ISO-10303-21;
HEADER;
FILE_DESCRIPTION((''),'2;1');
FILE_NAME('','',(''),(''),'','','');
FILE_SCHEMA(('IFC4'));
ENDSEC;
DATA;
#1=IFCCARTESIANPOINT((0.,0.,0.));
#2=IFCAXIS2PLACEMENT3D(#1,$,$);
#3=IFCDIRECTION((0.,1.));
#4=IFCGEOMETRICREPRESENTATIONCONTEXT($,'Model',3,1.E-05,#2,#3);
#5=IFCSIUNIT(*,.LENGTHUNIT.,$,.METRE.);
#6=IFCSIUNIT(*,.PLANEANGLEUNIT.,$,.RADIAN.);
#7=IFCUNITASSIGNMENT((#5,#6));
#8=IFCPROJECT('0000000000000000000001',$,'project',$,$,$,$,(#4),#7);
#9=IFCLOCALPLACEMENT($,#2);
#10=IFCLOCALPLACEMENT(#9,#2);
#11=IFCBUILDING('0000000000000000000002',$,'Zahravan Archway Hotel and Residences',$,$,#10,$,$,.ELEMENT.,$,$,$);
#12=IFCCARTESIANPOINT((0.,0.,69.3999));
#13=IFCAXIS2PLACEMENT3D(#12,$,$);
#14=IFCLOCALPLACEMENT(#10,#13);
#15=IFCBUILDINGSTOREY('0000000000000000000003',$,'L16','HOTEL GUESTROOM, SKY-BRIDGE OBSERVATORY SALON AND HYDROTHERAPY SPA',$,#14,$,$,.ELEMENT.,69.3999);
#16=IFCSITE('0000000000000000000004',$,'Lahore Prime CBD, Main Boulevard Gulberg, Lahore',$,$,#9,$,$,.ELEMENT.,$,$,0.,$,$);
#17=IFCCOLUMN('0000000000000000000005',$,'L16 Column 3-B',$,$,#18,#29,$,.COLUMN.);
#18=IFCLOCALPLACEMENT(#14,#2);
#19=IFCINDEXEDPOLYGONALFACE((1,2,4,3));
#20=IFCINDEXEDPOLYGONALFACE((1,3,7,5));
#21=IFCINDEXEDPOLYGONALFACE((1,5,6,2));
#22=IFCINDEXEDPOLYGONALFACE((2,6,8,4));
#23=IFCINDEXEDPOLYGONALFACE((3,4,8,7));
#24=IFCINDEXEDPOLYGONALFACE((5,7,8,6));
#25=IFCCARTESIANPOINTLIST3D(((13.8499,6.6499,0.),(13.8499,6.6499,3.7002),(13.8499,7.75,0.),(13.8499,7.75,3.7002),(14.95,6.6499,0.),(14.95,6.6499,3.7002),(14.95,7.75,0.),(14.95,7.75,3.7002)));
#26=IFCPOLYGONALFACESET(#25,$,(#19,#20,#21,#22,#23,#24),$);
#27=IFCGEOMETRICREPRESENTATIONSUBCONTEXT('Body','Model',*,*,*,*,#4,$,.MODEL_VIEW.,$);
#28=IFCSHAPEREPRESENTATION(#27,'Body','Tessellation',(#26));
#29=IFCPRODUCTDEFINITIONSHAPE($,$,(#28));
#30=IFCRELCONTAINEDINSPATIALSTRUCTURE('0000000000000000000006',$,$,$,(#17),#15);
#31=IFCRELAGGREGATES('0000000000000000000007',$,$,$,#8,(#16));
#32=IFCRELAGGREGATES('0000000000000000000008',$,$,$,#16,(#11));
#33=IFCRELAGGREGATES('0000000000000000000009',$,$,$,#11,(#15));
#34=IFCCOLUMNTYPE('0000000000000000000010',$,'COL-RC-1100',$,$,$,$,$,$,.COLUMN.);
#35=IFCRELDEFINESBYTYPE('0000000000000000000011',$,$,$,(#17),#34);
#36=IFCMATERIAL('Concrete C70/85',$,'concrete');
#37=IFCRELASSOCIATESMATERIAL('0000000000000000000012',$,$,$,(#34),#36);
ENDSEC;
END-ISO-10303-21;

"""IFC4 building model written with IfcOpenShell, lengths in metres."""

from ifc_helpers import new_model, si_unit, direction, frame, origin, origin_2d, place, context, subcontext, project, spatial, rectangle, extrude, source, transform, mapped, material, material_profile, profile_set, type_object, element, save


model = new_model("IFC4")

# Units and contexts
model_context = context("Model", 3, precision=1e-05, world=origin(), true_north=direction((0.0, 1.0)))
body_context = subcontext(model_context, "Body", "Model", "MODEL_VIEW")
ifc_project = project(units=[si_unit("LENGTHUNIT", "METRE"), si_unit("PLANEANGLEUNIT", "RADIAN")], contexts=[model_context])

# Site, building, storey
site_placement = place(None, origin())
site = spatial("IfcSite", under=ifc_project, at=site_placement, Name="Lahore Prime CBD, Main Boulevard Gulberg, Lahore", CompositionType="ELEMENT", RefElevation=0.0)
building_placement = place(site_placement, origin())
building = spatial("IfcBuilding", under=site, at=building_placement, Name="Zahravan Archway Hotel and Residences", CompositionType="ELEMENT")
storey_placement = place(building_placement, frame((0.0, 0.0, 69.3999)))
storey = spatial("IfcBuildingStorey", under=building, at=storey_placement, Name="L16", Description="HOTEL GUESTROOM, SKY-BRIDGE OBSERVATORY SALON AND HYDROTHERAPY SPA", CompositionType="ELEMENT", Elevation=69.3999)

# Column
ifc_material_1 = material(Name="Concrete C70/85", Category="concrete")
ifc_material_profile = material_profile(ifc_material_1, rectangle(XDim=1.1001, YDim=1.1001, at=origin_2d()), Name="RC 1100x1100", Category="concrete")
ifc_profile_set = profile_set([ifc_material_profile], Name="Concrete C70/85")
column_type = type_object("IfcColumnType", Name="COL-RC-1100", PredefinedType="COLUMN", material=ifc_profile_set)
shared_shape_1 = source(origin(), body_context, "Body", "SweptSolid", [
    extrude(rectangle(XDim=1.1001, YDim=1.1001, at=origin_2d()), origin(), (0.0, 0.0, 1.0), 3.7002),
])
column_placement = place(storey_placement, frame((14.3999, 7.2, 0.0), z_axis=(0.0, 0.0, 1.0), x_axis=(1.0, 0.0, 0.0)))
element("IfcColumn", 1, at=column_placement, inside=storey, type_object=column_type, Name="L16 Column 3-B", PredefinedType="COLUMN", context=body_context, shape_type="MappedRepresentation", body=[
    mapped(shared_shape_1, transform((0.0, 0.0, 0.0), scale=1.0)),
])

save(model, "model.ifc")
